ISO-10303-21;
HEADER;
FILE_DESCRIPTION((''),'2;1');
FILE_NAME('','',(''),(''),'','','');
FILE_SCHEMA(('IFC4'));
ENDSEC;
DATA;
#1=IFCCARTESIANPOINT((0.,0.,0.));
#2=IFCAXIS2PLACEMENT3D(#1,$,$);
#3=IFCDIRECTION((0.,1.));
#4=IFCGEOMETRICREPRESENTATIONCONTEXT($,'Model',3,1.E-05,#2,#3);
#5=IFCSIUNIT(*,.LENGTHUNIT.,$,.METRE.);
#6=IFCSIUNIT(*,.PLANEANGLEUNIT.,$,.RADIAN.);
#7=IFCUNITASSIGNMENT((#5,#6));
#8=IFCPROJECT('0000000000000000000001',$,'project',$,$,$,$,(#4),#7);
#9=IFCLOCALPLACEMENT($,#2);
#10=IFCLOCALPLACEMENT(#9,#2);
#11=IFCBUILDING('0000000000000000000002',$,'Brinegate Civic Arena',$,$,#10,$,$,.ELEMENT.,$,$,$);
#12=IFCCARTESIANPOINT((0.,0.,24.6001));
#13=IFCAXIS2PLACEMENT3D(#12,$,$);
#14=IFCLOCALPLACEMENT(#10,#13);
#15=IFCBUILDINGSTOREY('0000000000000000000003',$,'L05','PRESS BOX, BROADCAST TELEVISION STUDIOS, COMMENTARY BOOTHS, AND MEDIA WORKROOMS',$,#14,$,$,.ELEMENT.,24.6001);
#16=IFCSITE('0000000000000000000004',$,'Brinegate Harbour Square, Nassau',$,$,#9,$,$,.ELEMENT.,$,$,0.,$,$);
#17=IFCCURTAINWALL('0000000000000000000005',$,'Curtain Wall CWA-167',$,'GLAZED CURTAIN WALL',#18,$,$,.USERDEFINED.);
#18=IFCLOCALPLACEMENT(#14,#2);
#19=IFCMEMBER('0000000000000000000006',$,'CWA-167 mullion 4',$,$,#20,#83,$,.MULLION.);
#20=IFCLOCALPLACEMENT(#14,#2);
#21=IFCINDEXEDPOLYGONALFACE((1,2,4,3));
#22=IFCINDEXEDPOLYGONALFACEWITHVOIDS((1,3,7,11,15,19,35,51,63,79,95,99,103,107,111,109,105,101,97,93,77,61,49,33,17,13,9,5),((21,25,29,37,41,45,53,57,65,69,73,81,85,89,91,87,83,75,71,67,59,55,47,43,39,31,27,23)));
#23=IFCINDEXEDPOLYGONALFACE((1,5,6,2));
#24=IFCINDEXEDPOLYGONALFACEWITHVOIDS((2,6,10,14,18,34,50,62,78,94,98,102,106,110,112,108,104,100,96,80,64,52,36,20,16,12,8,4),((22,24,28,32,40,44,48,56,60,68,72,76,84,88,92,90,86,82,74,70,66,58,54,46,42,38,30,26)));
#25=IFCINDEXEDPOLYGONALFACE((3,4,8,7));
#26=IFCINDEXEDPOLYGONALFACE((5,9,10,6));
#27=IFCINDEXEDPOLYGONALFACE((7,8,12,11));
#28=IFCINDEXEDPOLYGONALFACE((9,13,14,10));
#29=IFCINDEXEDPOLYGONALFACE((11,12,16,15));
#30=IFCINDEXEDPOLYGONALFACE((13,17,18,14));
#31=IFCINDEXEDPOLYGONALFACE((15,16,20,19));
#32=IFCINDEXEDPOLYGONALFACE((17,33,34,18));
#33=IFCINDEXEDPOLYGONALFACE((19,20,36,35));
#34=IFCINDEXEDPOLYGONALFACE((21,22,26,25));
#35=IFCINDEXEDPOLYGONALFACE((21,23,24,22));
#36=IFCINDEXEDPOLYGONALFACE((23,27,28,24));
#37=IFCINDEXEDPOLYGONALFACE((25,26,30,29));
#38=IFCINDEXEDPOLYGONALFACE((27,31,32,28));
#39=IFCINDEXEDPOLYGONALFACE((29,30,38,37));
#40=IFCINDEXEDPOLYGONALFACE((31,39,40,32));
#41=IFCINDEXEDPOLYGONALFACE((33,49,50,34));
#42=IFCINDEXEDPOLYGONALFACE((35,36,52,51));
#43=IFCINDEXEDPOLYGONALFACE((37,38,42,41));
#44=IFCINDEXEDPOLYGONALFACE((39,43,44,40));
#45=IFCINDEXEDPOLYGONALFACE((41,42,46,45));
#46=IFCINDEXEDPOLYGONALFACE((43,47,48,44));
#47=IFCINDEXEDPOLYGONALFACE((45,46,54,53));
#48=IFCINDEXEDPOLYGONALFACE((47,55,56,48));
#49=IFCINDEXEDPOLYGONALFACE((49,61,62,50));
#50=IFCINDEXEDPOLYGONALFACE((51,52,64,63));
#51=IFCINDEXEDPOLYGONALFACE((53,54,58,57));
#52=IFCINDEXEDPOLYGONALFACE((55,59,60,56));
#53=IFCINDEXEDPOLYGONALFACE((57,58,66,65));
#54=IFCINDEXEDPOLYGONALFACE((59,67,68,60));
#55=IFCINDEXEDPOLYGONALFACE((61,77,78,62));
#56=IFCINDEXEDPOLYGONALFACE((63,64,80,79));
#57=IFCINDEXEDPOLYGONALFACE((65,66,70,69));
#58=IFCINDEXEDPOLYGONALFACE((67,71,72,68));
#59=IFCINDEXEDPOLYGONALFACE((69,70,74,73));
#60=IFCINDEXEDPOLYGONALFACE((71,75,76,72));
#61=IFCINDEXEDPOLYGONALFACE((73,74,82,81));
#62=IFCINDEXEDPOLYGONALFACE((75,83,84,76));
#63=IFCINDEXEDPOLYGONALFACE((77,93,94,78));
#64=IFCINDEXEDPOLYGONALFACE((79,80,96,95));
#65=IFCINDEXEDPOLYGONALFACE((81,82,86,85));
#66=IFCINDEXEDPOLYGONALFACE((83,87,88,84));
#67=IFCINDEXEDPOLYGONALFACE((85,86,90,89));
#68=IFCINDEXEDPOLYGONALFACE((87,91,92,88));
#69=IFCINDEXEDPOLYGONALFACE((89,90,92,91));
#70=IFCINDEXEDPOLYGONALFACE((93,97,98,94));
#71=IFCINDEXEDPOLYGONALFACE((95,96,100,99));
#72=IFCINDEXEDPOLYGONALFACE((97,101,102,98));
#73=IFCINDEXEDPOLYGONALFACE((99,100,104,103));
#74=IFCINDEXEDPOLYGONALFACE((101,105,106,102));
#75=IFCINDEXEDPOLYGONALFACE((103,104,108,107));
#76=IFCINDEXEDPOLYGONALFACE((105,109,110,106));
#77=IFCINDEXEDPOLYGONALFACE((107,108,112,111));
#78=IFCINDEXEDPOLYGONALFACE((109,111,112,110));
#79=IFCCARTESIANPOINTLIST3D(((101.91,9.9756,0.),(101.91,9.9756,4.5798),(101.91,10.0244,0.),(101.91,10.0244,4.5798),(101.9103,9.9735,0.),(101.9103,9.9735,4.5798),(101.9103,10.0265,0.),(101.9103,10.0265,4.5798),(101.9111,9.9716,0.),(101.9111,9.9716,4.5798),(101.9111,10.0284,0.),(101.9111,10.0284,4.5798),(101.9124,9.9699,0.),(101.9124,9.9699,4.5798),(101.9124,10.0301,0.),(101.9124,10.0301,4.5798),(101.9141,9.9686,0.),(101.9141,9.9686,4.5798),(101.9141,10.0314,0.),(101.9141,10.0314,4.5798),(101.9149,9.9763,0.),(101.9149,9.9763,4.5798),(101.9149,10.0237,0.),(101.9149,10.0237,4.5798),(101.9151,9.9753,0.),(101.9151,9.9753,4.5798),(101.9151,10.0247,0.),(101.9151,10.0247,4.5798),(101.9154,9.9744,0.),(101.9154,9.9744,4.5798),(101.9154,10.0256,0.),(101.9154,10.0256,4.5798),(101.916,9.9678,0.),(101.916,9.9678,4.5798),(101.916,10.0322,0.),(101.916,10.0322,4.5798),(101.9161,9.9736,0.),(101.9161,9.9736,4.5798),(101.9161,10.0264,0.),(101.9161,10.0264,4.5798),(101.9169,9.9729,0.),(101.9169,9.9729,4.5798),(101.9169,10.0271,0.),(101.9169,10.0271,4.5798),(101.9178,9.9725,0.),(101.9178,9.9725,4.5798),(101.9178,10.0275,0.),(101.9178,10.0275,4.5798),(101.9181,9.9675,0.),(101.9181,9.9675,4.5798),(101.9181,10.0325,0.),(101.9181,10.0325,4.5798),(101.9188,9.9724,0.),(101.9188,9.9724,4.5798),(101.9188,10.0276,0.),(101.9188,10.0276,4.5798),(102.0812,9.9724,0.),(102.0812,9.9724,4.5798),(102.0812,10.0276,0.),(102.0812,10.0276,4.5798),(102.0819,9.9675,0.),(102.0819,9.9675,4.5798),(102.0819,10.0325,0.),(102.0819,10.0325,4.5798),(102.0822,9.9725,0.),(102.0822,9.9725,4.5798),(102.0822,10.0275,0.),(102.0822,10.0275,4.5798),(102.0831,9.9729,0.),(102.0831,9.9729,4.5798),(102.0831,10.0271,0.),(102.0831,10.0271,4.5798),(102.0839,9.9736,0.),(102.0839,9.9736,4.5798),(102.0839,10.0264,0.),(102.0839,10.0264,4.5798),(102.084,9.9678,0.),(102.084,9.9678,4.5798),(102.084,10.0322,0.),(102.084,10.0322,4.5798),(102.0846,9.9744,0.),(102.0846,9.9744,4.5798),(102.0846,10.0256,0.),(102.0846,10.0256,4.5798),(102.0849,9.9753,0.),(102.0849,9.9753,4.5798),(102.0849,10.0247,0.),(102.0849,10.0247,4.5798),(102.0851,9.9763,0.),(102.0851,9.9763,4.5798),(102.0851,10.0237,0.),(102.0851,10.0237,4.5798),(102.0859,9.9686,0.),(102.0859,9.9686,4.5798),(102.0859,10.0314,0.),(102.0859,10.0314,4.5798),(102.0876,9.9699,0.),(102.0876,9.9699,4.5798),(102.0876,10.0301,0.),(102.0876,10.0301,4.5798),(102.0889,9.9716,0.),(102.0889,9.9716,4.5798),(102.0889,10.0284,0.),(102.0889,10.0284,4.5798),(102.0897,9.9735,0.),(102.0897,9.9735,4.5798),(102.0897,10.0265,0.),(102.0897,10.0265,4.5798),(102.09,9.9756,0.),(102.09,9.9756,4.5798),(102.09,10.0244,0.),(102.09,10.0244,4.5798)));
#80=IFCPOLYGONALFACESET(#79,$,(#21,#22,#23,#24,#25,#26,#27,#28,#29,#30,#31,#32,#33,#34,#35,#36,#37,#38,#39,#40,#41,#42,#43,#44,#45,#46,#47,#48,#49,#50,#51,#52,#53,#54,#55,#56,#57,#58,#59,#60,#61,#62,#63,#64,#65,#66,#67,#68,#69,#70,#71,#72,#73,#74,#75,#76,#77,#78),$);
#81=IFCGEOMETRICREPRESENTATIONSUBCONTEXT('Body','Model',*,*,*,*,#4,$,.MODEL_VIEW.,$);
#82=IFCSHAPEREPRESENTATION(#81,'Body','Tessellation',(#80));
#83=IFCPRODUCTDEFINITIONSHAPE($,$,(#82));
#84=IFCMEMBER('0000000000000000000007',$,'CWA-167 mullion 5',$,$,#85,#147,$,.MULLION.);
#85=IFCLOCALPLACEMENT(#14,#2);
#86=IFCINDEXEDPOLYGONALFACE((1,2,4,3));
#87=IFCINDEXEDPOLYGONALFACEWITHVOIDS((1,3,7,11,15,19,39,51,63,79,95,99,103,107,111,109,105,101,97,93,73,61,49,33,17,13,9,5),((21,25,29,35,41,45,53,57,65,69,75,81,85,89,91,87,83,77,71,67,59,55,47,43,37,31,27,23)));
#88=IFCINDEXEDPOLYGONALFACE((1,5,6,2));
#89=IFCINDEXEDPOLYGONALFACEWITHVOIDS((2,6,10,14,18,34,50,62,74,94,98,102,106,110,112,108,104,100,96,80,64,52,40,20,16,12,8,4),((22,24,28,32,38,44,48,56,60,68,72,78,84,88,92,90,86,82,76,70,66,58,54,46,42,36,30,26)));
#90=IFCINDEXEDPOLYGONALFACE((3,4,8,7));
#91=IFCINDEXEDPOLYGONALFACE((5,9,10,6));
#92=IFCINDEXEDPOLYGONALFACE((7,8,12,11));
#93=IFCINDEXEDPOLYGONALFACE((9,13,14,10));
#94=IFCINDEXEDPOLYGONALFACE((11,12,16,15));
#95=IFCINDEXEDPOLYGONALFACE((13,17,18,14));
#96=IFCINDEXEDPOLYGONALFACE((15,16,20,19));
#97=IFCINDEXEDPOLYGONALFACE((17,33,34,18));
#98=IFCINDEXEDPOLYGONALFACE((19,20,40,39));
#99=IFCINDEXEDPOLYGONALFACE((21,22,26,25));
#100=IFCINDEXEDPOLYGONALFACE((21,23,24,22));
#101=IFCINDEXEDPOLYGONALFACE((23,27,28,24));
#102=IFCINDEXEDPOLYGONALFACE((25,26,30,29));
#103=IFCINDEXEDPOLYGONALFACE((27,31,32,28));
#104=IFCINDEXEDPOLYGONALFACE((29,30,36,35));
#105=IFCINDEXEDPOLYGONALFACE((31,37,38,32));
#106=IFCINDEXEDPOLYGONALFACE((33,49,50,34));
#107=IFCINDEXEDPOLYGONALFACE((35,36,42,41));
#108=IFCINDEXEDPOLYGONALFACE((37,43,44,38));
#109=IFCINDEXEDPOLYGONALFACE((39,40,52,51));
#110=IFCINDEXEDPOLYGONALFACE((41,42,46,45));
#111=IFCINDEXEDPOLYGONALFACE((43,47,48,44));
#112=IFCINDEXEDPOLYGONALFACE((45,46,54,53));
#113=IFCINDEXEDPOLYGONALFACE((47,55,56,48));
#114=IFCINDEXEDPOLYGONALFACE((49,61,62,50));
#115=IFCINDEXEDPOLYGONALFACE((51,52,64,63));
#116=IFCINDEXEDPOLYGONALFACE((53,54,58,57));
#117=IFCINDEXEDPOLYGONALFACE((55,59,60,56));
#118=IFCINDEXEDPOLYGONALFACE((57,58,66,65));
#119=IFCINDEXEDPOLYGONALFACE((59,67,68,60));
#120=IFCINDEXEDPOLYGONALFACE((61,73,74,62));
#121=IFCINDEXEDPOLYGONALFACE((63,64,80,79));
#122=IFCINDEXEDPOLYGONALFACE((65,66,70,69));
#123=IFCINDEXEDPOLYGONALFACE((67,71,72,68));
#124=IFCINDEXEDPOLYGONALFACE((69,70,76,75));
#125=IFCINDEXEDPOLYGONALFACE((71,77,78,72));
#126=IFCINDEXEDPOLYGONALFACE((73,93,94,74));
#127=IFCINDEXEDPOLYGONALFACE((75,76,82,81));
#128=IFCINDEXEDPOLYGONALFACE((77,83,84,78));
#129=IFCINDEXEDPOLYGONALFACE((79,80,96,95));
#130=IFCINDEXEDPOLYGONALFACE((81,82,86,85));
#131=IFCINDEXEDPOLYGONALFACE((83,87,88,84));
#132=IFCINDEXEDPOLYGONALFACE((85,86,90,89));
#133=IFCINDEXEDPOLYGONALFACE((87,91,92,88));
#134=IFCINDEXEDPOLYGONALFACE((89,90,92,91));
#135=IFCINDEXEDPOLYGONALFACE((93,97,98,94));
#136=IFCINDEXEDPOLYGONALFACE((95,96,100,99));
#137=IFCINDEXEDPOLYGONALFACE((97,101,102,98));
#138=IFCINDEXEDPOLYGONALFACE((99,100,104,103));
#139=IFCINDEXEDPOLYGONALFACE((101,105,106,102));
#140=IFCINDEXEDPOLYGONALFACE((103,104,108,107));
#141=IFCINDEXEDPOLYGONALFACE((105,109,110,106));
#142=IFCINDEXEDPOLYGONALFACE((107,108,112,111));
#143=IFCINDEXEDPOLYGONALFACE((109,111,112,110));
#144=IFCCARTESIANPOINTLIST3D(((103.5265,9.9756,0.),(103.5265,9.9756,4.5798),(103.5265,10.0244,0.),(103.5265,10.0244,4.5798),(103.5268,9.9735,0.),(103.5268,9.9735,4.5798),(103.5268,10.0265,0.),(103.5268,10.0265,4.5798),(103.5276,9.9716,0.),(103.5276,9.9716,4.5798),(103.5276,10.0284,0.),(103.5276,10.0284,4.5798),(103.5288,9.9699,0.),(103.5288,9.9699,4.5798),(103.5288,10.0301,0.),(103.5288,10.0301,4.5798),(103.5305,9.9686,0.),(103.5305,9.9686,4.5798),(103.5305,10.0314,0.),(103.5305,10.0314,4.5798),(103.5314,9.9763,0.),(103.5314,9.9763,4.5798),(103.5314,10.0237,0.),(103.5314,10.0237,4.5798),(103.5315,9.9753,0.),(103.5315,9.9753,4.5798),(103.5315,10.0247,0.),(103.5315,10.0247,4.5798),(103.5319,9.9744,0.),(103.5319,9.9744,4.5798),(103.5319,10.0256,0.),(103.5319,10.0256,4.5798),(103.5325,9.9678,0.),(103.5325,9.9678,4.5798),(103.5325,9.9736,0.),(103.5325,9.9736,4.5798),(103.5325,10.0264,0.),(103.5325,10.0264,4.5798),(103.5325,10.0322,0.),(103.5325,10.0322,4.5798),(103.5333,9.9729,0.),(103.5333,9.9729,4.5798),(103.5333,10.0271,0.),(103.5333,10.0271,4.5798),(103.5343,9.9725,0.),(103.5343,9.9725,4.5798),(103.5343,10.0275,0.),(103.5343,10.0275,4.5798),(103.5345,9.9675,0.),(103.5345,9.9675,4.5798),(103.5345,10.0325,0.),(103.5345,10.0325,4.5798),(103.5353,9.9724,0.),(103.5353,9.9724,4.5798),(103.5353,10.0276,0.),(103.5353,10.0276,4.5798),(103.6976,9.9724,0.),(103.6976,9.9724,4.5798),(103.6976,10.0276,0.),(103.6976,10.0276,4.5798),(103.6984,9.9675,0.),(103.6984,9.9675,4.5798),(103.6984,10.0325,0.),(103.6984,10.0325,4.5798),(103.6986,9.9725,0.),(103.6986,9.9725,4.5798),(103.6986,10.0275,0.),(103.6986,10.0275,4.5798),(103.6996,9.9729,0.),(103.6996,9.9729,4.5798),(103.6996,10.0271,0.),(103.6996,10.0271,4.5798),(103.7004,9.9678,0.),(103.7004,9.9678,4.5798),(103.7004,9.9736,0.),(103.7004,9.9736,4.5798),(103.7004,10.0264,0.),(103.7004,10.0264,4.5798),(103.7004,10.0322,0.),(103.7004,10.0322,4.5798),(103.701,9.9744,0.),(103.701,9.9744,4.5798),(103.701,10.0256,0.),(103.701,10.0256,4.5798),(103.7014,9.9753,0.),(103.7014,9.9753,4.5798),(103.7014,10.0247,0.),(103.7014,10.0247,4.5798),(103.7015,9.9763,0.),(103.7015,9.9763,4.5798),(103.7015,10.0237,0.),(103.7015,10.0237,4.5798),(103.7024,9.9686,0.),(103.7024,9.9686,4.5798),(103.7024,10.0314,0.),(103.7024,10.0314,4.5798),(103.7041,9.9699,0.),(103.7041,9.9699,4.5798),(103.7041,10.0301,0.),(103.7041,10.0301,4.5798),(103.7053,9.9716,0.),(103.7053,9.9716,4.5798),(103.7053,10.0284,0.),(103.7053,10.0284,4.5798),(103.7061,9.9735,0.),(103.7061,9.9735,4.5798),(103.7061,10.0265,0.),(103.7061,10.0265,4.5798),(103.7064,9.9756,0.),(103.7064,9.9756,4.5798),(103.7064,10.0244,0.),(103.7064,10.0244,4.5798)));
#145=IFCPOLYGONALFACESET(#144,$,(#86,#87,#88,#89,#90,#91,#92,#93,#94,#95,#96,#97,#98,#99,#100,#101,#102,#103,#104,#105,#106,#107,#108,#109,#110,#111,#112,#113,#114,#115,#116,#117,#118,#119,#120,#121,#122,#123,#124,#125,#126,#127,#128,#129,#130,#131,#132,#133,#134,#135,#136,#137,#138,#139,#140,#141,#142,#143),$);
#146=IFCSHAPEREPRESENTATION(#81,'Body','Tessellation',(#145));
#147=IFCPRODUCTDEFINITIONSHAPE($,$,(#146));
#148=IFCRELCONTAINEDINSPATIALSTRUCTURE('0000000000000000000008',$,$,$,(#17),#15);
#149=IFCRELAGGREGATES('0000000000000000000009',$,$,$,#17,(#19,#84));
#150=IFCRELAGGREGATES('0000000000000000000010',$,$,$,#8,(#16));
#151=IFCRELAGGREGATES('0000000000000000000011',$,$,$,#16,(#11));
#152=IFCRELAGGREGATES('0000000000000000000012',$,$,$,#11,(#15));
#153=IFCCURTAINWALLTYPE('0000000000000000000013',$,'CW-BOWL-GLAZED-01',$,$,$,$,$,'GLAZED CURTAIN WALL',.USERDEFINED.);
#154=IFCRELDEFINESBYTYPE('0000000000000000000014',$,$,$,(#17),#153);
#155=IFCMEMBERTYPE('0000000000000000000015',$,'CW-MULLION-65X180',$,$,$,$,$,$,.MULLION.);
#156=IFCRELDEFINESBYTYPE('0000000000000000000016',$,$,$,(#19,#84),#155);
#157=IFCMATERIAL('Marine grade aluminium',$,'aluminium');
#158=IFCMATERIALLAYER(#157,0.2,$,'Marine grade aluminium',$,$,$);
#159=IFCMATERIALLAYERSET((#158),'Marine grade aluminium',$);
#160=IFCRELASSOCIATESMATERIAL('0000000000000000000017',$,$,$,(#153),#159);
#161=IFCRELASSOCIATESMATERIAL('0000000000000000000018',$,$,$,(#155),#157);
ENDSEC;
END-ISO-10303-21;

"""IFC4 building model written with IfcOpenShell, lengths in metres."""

from ifc_helpers import new_model, si_unit, direction, frame, origin, origin_2d, place, context, subcontext, project, spatial, hollow_rectangle, extrude, material, layer, layer_set, material_profile, profile_set, type_object, element, aggregate, save


model = new_model("IFC4")

# Units and contexts
model_context = context("Model", 3, precision=1e-05, world=origin(), true_north=direction((0.0, 1.0)))
body_context = subcontext(model_context, "Body", "Model", "MODEL_VIEW")
ifc_project = project(units=[si_unit("LENGTHUNIT", "METRE"), si_unit("PLANEANGLEUNIT", "RADIAN")], contexts=[model_context])

# Site, building, storey
site_placement = place(None, origin())
site = spatial("IfcSite", under=ifc_project, at=site_placement, Name="Brinegate Harbour Square, Nassau", CompositionType="ELEMENT", RefElevation=0.0)
building_placement = place(site_placement, origin())
building = spatial("IfcBuilding", under=site, at=building_placement, Name="Brinegate Civic Arena", CompositionType="ELEMENT")
storey_placement = place(building_placement, frame((0.0, 0.0, 24.6001)))
storey = spatial("IfcBuildingStorey", under=building, at=storey_placement, Name="L05", Description="PRESS BOX, BROADCAST TELEVISION STUDIOS, COMMENTARY BOOTHS, AND MEDIA WORKROOMS", CompositionType="ELEMENT", Elevation=24.6001)

# Curtain wall, members
ifc_material_1 = material(Name="Marine grade aluminium", Category="aluminium")
ifc_layer_1 = layer(ifc_material_1, 0.2, Name="Marine grade aluminium")
ifc_layer_set_1 = layer_set([ifc_layer_1], Name="Marine grade aluminium")
curtain_wall_type = type_object("IfcCurtainWallType", Name="CW-BOWL-GLAZED-01", ElementType="GLAZED CURTAIN WALL", PredefinedType="USERDEFINED", material=ifc_layer_set_1)
curtain_wall_placement = place(storey_placement, origin())
curtain_wall = element("IfcCurtainWall", 1, at=curtain_wall_placement, inside=storey, type_object=curtain_wall_type, Name="Curtain Wall CWA-167", ObjectType="GLAZED CURTAIN WALL", PredefinedType="USERDEFINED")
ifc_material_profile_1 = material_profile(ifc_material_1, hollow_rectangle(XDim=0.0649, YDim=0.1799, WallThickness=0.0049, InnerFilletRadius=0.0039, OuterFilletRadius=0.0081, at=origin_2d()), Name="MUL65X180")
ifc_profile_set_1 = profile_set([ifc_material_profile_1], Name="Marine grade aluminium")
member_type_1 = type_object("IfcMemberType", Name="CW-MULLION-65X180", PredefinedType="MULLION", material=ifc_profile_set_1)
member_1_placement = place(storey_placement, frame((102.0, 10.0, 0.0), z_axis=(0.0, 0.0, 1.0), x_axis=(0.0, 1.0, 0.0)))
member_1 = element("IfcMember", 2, at=member_1_placement, type_object=member_type_1, Name="CWA-167 mullion 4", PredefinedType="MULLION", context=body_context, shape_type="SweptSolid", body=[
    extrude(hollow_rectangle(XDim=0.0649, YDim=0.1799, WallThickness=0.0049, InnerFilletRadius=0.0039, OuterFilletRadius=0.0081, at=origin_2d()), origin(), (0.0, 0.0, 1.0), 4.5798),
])
member_2_placement = place(storey_placement, frame((103.6165, 10.0, 0.0), z_axis=(0.0, 0.0, 1.0), x_axis=(0.0, 1.0, 0.0)))
member_2 = element("IfcMember", 3, at=member_2_placement, type_object=member_type_1, Name="CWA-167 mullion 5", PredefinedType="MULLION", context=body_context, shape_type="SweptSolid", body=[
    extrude(hollow_rectangle(XDim=0.0649, YDim=0.1799, WallThickness=0.0049, InnerFilletRadius=0.0039, OuterFilletRadius=0.0081, at=origin_2d()), origin(), (0.0, 0.0, 1.0), 4.5798),
])
aggregate(curtain_wall, [member_1, member_2])

save(model, "model.ifc")
